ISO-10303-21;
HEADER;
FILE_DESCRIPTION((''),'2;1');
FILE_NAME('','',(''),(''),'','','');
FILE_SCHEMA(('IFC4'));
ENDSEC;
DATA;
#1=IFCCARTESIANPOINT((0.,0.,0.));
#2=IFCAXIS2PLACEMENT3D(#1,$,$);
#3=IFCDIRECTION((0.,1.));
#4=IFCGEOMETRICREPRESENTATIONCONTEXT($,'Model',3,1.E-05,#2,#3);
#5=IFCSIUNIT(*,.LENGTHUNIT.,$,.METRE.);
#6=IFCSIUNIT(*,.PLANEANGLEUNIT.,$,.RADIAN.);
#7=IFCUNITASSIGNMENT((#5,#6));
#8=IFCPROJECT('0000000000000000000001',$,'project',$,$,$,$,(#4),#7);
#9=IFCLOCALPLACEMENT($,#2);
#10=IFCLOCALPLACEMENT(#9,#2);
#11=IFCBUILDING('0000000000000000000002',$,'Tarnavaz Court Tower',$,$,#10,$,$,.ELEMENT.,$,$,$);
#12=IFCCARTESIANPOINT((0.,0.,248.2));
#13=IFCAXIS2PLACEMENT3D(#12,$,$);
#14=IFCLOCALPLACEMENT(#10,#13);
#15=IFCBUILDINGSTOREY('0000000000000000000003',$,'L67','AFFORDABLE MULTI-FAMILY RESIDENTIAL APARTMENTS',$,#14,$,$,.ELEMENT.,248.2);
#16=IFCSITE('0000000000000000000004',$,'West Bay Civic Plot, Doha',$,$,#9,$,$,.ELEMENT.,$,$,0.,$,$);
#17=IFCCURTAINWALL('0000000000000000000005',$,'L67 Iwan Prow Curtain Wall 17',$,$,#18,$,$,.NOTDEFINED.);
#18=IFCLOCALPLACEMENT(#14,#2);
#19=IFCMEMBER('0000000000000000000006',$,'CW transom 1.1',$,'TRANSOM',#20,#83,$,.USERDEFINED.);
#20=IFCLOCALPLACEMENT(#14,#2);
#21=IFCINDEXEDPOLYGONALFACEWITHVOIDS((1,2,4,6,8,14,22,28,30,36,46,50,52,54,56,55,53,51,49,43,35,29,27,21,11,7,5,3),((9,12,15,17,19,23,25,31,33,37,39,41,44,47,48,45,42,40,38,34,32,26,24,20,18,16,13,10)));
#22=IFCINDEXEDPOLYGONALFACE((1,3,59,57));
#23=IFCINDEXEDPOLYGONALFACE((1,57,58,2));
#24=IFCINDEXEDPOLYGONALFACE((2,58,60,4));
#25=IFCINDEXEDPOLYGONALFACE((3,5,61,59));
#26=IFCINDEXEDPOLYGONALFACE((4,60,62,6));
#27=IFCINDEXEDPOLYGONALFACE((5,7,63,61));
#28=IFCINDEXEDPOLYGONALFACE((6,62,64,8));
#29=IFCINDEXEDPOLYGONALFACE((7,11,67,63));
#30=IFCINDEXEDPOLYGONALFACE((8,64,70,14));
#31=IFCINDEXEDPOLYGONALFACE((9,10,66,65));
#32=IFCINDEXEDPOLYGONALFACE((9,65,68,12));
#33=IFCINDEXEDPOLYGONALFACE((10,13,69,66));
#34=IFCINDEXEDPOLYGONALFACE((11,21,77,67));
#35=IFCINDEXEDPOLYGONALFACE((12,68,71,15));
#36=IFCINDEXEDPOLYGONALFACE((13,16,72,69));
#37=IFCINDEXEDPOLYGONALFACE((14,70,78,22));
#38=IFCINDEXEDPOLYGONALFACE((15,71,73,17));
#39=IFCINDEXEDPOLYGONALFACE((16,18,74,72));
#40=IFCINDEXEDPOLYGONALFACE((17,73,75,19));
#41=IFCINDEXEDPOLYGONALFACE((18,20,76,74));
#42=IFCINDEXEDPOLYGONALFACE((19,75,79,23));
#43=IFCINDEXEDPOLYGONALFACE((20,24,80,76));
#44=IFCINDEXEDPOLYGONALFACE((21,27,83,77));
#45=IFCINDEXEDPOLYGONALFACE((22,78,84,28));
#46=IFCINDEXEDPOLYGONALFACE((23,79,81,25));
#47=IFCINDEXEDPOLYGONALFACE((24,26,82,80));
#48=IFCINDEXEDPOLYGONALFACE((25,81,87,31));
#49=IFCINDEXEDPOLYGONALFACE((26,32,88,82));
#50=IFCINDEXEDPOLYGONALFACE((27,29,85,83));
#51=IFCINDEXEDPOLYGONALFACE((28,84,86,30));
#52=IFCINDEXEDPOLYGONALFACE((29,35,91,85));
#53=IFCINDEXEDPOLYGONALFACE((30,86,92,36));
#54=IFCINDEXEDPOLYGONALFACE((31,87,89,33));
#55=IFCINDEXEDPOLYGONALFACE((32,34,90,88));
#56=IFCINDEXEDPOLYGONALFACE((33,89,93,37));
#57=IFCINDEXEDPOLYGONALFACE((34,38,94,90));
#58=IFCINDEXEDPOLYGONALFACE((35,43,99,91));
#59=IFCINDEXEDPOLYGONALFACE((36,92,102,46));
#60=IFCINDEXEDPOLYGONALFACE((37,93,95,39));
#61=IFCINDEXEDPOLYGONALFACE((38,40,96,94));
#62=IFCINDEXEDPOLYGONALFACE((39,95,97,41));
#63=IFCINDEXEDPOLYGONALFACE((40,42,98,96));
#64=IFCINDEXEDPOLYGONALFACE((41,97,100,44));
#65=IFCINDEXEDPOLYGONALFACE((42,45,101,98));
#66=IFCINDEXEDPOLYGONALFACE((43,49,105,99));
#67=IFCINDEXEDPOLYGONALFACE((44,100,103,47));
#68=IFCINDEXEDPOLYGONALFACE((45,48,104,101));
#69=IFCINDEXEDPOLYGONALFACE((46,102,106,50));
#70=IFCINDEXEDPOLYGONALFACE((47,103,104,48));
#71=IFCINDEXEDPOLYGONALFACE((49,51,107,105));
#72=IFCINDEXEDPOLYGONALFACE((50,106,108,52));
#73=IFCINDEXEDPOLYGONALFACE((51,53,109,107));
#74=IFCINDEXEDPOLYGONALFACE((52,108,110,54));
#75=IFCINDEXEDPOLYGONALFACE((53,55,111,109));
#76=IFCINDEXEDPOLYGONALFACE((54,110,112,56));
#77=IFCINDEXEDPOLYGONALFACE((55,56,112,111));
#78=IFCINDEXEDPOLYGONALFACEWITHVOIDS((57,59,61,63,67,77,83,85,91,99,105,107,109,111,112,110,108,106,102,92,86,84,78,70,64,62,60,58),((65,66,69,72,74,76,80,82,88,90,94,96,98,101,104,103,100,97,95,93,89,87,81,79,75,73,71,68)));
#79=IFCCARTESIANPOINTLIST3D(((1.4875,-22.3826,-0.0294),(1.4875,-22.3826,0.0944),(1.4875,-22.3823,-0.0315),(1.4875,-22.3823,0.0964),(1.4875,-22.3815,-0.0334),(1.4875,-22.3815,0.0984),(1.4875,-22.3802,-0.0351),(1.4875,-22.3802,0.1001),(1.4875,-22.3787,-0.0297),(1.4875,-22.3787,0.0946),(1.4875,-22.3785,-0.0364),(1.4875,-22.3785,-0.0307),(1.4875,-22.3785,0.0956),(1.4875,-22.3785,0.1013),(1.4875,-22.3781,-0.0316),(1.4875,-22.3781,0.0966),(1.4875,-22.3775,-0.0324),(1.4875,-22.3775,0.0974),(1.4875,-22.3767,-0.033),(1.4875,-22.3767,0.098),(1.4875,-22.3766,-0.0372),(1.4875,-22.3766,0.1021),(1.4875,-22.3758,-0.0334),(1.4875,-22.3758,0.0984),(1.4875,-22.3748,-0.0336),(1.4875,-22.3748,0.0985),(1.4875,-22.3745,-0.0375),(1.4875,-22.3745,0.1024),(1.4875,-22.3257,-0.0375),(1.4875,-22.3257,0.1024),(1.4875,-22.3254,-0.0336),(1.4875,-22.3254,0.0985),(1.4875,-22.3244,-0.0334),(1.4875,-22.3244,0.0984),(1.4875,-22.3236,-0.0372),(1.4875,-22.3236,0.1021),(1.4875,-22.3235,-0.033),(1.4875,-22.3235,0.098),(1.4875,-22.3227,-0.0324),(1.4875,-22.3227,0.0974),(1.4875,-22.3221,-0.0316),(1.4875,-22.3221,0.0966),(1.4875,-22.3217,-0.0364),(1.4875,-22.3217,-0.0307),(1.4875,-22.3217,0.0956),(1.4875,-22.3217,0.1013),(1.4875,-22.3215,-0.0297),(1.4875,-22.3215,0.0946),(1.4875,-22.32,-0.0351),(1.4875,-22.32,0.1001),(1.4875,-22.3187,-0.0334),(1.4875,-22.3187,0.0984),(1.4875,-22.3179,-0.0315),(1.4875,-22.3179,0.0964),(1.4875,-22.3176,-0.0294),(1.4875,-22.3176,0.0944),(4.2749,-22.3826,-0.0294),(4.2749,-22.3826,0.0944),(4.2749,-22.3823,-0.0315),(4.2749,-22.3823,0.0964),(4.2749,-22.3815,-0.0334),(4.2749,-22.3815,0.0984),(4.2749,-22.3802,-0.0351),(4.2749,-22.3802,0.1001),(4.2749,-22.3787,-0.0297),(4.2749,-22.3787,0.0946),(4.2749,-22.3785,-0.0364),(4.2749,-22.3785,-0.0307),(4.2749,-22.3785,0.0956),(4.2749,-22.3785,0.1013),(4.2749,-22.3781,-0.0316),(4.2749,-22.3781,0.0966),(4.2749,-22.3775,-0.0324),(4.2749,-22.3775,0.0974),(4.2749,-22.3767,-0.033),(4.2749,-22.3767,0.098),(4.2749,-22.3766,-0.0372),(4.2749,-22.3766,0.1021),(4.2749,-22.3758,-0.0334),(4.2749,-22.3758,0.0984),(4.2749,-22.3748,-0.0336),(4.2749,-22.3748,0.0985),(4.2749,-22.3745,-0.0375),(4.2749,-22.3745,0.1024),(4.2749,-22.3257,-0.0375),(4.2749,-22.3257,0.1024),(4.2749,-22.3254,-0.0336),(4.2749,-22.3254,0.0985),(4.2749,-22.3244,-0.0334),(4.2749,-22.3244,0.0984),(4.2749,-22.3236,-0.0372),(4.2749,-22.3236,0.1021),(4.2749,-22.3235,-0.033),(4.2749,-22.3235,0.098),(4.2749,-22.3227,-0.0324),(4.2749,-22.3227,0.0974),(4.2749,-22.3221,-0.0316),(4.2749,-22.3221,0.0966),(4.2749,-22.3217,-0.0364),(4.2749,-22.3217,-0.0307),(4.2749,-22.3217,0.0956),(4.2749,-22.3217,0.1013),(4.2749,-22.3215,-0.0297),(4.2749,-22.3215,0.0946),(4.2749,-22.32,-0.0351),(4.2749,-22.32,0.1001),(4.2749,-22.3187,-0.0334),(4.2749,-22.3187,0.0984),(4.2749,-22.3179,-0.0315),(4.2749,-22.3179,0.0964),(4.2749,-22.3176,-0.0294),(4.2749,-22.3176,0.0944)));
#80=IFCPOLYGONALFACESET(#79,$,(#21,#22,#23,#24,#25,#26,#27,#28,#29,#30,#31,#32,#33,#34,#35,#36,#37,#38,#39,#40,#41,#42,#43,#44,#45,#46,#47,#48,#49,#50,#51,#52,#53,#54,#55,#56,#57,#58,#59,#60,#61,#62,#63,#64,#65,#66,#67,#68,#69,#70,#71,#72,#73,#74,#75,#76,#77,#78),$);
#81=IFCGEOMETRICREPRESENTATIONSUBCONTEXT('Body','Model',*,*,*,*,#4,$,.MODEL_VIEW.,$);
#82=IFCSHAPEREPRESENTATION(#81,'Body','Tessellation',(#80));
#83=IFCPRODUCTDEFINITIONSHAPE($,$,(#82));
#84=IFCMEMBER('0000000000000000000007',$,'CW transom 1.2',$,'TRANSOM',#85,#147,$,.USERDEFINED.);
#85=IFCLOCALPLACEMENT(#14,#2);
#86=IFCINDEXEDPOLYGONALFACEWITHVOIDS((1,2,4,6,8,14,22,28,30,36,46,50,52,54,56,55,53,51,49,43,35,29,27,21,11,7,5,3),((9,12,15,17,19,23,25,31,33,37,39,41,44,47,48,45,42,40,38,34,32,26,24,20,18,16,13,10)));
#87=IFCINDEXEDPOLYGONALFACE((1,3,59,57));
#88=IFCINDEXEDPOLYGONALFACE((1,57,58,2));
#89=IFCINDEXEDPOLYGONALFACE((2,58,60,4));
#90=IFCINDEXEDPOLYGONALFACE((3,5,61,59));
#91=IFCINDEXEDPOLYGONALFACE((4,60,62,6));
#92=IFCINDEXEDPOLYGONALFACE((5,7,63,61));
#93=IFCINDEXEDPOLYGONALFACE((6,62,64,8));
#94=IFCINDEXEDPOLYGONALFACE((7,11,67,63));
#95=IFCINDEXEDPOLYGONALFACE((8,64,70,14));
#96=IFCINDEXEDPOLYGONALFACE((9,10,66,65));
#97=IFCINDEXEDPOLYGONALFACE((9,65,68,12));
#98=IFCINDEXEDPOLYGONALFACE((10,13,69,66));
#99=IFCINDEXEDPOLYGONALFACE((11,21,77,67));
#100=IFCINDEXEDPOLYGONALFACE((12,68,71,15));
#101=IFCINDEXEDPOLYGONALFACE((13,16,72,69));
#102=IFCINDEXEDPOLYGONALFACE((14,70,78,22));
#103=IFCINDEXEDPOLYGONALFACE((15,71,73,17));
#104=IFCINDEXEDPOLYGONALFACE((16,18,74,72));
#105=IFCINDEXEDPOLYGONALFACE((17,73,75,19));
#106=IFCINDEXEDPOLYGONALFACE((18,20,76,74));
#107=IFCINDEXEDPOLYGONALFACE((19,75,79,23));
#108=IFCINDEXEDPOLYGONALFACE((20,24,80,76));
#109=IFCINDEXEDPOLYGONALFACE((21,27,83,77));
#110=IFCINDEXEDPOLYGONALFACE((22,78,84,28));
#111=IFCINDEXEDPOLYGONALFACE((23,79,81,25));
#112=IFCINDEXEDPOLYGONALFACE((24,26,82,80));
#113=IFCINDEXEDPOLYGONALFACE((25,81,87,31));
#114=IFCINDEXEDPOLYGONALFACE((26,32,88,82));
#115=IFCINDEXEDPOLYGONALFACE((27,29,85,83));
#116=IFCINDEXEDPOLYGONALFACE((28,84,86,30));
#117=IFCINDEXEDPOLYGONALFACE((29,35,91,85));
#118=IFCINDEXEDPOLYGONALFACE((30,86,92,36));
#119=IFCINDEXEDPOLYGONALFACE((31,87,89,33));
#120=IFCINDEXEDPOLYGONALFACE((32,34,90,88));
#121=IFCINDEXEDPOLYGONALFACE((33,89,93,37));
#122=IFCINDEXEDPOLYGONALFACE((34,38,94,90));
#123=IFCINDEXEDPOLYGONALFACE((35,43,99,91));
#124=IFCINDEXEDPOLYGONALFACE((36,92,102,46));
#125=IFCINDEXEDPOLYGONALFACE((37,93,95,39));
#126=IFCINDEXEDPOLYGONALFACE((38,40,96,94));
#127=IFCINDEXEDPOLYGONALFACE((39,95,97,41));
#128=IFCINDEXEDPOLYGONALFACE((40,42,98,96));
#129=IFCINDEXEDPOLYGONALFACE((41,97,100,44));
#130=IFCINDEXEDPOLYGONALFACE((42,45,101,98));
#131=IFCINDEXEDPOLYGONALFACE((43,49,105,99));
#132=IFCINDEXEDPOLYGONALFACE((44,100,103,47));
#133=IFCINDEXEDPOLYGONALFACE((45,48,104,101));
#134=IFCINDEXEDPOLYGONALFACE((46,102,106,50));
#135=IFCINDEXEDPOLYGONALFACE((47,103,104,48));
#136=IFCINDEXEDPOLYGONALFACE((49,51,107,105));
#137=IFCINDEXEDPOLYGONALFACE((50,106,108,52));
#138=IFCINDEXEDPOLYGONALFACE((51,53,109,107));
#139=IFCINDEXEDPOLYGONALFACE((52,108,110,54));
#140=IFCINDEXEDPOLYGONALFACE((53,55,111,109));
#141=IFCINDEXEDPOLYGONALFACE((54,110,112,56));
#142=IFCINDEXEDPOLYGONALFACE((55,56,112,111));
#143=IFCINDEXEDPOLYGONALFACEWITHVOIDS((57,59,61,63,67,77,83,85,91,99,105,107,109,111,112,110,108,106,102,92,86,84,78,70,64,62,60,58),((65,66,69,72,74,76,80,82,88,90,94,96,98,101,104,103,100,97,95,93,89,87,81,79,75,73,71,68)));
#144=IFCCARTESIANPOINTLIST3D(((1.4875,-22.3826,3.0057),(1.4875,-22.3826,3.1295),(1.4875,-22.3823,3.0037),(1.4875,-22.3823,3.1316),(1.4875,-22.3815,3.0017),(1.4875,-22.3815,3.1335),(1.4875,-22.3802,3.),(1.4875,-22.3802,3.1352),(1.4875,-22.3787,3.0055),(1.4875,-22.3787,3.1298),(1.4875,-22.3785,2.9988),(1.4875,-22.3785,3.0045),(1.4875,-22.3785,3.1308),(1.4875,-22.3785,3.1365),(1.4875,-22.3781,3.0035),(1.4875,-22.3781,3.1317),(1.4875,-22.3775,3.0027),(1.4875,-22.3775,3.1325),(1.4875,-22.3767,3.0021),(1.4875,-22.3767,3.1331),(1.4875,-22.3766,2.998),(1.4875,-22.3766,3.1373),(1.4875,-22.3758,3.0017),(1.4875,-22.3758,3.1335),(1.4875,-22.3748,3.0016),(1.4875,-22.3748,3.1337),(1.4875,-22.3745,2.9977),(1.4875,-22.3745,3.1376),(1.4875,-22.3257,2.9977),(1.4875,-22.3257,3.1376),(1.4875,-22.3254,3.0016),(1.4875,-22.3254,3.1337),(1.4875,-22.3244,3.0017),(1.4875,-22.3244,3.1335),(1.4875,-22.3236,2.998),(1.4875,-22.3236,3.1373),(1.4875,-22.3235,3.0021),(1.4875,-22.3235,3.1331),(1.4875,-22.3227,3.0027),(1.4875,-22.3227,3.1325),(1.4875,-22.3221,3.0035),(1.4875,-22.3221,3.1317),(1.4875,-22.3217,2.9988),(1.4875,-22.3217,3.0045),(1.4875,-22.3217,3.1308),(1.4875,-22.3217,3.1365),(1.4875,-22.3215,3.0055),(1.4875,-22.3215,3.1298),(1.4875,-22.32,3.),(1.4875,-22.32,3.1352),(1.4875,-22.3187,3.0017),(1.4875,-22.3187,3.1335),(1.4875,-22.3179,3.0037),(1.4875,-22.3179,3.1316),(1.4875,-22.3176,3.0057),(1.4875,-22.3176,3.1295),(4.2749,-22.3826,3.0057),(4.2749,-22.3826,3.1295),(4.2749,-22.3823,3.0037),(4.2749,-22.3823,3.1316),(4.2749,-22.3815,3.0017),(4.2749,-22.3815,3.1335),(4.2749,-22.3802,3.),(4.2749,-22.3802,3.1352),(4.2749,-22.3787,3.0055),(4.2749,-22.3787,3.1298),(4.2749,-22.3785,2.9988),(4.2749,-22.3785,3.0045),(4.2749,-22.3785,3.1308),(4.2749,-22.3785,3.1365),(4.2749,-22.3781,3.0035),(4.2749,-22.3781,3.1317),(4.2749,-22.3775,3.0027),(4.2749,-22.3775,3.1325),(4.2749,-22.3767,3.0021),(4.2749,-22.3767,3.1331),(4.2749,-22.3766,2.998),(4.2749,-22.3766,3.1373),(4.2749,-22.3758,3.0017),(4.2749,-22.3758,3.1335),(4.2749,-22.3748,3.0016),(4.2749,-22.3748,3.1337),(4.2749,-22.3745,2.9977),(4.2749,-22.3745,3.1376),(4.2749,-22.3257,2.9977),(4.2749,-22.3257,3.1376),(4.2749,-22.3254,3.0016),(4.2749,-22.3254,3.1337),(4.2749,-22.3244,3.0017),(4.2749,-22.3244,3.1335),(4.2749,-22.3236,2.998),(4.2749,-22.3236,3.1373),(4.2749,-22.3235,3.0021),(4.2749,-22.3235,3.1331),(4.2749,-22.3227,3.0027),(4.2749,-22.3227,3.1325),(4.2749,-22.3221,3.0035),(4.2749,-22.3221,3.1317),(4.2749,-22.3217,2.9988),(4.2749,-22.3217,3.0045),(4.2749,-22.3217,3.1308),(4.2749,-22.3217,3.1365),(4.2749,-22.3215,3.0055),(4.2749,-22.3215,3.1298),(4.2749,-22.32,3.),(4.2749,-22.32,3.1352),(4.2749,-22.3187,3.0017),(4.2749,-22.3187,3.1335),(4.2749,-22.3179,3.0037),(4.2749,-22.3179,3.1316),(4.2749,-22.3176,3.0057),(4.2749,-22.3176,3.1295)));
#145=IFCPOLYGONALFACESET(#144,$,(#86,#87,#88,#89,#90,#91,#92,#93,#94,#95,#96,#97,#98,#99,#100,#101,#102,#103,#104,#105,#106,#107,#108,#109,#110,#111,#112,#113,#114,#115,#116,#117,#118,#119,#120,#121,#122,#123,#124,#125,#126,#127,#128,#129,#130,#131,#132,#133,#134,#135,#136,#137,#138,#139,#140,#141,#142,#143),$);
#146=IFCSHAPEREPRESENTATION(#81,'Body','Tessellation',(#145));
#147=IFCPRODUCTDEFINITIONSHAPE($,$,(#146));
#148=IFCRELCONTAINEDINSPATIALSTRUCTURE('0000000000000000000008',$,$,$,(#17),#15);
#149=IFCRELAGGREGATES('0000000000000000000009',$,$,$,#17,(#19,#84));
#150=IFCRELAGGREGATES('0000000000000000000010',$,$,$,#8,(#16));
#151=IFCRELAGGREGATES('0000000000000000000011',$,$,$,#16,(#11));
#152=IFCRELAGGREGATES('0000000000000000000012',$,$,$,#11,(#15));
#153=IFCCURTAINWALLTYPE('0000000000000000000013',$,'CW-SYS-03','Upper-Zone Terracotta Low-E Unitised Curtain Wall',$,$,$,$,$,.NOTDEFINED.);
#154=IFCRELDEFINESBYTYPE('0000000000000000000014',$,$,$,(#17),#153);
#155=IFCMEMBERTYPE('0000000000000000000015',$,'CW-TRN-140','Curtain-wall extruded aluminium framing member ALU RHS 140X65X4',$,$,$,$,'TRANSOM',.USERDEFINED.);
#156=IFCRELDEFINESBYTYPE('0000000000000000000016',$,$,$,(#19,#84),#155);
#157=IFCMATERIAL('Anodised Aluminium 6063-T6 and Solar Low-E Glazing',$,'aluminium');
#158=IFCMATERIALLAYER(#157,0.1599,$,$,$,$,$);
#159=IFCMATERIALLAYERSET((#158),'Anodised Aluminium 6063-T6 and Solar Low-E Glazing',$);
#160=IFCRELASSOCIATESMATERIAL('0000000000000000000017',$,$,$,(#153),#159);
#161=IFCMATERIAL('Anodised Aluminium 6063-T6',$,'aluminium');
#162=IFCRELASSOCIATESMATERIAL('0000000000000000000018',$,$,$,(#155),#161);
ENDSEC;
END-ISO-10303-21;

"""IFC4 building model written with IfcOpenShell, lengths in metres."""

from ifc_helpers import new_model, si_unit, direction, frame, origin, origin_2d, place, context, subcontext, project, spatial, hollow_rectangle, extrude, material, layer, layer_set, material_profile, profile_set, type_object, element, aggregate, save


model = new_model("IFC4")

# Units and contexts
model_context = context("Model", 3, precision=1e-05, world=origin(), true_north=direction((0.0, 1.0)))
body_context = subcontext(model_context, "Body", "Model", "MODEL_VIEW")
ifc_project = project(units=[si_unit("LENGTHUNIT", "METRE"), si_unit("PLANEANGLEUNIT", "RADIAN")], contexts=[model_context])

# Site, building, storey
site_placement = place(None, origin())
site = spatial("IfcSite", under=ifc_project, at=site_placement, Name="West Bay Civic Plot, Doha", CompositionType="ELEMENT", RefElevation=0.0)
building_placement = place(site_placement, origin())
building = spatial("IfcBuilding", under=site, at=building_placement, Name="Tarnavaz Court Tower", CompositionType="ELEMENT")
storey_placement = place(building_placement, frame((0.0, 0.0, 248.2)))
storey = spatial("IfcBuildingStorey", under=building, at=storey_placement, Name="L67", Description="AFFORDABLE MULTI-FAMILY RESIDENTIAL APARTMENTS", CompositionType="ELEMENT", Elevation=248.2)

# Curtain wall, members
ifc_material_1 = material(Name="Anodised Aluminium 6063-T6 and Solar Low-E Glazing", Category="aluminium")
ifc_layer_1 = layer(ifc_material_1, 0.1599)
ifc_layer_set_1 = layer_set([ifc_layer_1], Name="Anodised Aluminium 6063-T6 and Solar Low-E Glazing")
curtain_wall_type = type_object("IfcCurtainWallType", Name="CW-SYS-03", Description="Upper-Zone Terracotta Low-E Unitised Curtain Wall", PredefinedType="NOTDEFINED", material=ifc_layer_set_1)
curtain_wall_placement = place(storey_placement, origin())
curtain_wall = element("IfcCurtainWall", 1, at=curtain_wall_placement, inside=storey, type_object=curtain_wall_type, Name="L67 Iwan Prow Curtain Wall 17", PredefinedType="NOTDEFINED")
ifc_material_2 = material(Name="Anodised Aluminium 6063-T6", Category="aluminium")
ifc_material_profile_1 = material_profile(ifc_material_2, hollow_rectangle(XDim=0.0649, YDim=0.1399, WallThickness=0.0039, InnerFilletRadius=0.0039, OuterFilletRadius=0.0081, at=origin_2d()), Name="ALU RHS 140X65X4")
ifc_profile_set_1 = profile_set([ifc_material_profile_1], Name="Anodised Aluminium 6063-T6")
member_type_1 = type_object("IfcMemberType", Name="CW-TRN-140", Description="Curtain-wall extruded aluminium framing member ALU RHS 140X65X4", ElementType="TRANSOM", PredefinedType="USERDEFINED", material=ifc_profile_set_1)
member_1_placement = place(storey_placement, frame((4.2749, -22.3501, 0.0325), z_axis=(-1.0, 0.0, 0.0), x_axis=(0.0, -1.0, 0.0)))
member_1 = element("IfcMember", 2, at=member_1_placement, type_object=member_type_1, Name="CW transom 1.1", ObjectType="TRANSOM", PredefinedType="USERDEFINED", context=body_context, shape_type="SweptSolid", body=[
    extrude(hollow_rectangle(XDim=0.0649, YDim=0.1399, WallThickness=0.0039, InnerFilletRadius=0.0039, OuterFilletRadius=0.0081, at=origin_2d()), origin(), (0.0, 0.0, 1.0), 2.7874),
])
member_2_placement = place(storey_placement, frame((4.2749, -22.3501, 3.0676), z_axis=(-1.0, 0.0, 0.0), x_axis=(0.0, -1.0, 0.0)))
member_2 = element("IfcMember", 3, at=member_2_placement, type_object=member_type_1, Name="CW transom 1.2", ObjectType="TRANSOM", PredefinedType="USERDEFINED", context=body_context, shape_type="SweptSolid", body=[
    extrude(hollow_rectangle(XDim=0.0649, YDim=0.1399, WallThickness=0.0039, InnerFilletRadius=0.0039, OuterFilletRadius=0.0081, at=origin_2d()), origin(), (0.0, 0.0, 1.0), 2.7874),
])
aggregate(curtain_wall, [member_1, member_2])

save(model, "model.ifc")
